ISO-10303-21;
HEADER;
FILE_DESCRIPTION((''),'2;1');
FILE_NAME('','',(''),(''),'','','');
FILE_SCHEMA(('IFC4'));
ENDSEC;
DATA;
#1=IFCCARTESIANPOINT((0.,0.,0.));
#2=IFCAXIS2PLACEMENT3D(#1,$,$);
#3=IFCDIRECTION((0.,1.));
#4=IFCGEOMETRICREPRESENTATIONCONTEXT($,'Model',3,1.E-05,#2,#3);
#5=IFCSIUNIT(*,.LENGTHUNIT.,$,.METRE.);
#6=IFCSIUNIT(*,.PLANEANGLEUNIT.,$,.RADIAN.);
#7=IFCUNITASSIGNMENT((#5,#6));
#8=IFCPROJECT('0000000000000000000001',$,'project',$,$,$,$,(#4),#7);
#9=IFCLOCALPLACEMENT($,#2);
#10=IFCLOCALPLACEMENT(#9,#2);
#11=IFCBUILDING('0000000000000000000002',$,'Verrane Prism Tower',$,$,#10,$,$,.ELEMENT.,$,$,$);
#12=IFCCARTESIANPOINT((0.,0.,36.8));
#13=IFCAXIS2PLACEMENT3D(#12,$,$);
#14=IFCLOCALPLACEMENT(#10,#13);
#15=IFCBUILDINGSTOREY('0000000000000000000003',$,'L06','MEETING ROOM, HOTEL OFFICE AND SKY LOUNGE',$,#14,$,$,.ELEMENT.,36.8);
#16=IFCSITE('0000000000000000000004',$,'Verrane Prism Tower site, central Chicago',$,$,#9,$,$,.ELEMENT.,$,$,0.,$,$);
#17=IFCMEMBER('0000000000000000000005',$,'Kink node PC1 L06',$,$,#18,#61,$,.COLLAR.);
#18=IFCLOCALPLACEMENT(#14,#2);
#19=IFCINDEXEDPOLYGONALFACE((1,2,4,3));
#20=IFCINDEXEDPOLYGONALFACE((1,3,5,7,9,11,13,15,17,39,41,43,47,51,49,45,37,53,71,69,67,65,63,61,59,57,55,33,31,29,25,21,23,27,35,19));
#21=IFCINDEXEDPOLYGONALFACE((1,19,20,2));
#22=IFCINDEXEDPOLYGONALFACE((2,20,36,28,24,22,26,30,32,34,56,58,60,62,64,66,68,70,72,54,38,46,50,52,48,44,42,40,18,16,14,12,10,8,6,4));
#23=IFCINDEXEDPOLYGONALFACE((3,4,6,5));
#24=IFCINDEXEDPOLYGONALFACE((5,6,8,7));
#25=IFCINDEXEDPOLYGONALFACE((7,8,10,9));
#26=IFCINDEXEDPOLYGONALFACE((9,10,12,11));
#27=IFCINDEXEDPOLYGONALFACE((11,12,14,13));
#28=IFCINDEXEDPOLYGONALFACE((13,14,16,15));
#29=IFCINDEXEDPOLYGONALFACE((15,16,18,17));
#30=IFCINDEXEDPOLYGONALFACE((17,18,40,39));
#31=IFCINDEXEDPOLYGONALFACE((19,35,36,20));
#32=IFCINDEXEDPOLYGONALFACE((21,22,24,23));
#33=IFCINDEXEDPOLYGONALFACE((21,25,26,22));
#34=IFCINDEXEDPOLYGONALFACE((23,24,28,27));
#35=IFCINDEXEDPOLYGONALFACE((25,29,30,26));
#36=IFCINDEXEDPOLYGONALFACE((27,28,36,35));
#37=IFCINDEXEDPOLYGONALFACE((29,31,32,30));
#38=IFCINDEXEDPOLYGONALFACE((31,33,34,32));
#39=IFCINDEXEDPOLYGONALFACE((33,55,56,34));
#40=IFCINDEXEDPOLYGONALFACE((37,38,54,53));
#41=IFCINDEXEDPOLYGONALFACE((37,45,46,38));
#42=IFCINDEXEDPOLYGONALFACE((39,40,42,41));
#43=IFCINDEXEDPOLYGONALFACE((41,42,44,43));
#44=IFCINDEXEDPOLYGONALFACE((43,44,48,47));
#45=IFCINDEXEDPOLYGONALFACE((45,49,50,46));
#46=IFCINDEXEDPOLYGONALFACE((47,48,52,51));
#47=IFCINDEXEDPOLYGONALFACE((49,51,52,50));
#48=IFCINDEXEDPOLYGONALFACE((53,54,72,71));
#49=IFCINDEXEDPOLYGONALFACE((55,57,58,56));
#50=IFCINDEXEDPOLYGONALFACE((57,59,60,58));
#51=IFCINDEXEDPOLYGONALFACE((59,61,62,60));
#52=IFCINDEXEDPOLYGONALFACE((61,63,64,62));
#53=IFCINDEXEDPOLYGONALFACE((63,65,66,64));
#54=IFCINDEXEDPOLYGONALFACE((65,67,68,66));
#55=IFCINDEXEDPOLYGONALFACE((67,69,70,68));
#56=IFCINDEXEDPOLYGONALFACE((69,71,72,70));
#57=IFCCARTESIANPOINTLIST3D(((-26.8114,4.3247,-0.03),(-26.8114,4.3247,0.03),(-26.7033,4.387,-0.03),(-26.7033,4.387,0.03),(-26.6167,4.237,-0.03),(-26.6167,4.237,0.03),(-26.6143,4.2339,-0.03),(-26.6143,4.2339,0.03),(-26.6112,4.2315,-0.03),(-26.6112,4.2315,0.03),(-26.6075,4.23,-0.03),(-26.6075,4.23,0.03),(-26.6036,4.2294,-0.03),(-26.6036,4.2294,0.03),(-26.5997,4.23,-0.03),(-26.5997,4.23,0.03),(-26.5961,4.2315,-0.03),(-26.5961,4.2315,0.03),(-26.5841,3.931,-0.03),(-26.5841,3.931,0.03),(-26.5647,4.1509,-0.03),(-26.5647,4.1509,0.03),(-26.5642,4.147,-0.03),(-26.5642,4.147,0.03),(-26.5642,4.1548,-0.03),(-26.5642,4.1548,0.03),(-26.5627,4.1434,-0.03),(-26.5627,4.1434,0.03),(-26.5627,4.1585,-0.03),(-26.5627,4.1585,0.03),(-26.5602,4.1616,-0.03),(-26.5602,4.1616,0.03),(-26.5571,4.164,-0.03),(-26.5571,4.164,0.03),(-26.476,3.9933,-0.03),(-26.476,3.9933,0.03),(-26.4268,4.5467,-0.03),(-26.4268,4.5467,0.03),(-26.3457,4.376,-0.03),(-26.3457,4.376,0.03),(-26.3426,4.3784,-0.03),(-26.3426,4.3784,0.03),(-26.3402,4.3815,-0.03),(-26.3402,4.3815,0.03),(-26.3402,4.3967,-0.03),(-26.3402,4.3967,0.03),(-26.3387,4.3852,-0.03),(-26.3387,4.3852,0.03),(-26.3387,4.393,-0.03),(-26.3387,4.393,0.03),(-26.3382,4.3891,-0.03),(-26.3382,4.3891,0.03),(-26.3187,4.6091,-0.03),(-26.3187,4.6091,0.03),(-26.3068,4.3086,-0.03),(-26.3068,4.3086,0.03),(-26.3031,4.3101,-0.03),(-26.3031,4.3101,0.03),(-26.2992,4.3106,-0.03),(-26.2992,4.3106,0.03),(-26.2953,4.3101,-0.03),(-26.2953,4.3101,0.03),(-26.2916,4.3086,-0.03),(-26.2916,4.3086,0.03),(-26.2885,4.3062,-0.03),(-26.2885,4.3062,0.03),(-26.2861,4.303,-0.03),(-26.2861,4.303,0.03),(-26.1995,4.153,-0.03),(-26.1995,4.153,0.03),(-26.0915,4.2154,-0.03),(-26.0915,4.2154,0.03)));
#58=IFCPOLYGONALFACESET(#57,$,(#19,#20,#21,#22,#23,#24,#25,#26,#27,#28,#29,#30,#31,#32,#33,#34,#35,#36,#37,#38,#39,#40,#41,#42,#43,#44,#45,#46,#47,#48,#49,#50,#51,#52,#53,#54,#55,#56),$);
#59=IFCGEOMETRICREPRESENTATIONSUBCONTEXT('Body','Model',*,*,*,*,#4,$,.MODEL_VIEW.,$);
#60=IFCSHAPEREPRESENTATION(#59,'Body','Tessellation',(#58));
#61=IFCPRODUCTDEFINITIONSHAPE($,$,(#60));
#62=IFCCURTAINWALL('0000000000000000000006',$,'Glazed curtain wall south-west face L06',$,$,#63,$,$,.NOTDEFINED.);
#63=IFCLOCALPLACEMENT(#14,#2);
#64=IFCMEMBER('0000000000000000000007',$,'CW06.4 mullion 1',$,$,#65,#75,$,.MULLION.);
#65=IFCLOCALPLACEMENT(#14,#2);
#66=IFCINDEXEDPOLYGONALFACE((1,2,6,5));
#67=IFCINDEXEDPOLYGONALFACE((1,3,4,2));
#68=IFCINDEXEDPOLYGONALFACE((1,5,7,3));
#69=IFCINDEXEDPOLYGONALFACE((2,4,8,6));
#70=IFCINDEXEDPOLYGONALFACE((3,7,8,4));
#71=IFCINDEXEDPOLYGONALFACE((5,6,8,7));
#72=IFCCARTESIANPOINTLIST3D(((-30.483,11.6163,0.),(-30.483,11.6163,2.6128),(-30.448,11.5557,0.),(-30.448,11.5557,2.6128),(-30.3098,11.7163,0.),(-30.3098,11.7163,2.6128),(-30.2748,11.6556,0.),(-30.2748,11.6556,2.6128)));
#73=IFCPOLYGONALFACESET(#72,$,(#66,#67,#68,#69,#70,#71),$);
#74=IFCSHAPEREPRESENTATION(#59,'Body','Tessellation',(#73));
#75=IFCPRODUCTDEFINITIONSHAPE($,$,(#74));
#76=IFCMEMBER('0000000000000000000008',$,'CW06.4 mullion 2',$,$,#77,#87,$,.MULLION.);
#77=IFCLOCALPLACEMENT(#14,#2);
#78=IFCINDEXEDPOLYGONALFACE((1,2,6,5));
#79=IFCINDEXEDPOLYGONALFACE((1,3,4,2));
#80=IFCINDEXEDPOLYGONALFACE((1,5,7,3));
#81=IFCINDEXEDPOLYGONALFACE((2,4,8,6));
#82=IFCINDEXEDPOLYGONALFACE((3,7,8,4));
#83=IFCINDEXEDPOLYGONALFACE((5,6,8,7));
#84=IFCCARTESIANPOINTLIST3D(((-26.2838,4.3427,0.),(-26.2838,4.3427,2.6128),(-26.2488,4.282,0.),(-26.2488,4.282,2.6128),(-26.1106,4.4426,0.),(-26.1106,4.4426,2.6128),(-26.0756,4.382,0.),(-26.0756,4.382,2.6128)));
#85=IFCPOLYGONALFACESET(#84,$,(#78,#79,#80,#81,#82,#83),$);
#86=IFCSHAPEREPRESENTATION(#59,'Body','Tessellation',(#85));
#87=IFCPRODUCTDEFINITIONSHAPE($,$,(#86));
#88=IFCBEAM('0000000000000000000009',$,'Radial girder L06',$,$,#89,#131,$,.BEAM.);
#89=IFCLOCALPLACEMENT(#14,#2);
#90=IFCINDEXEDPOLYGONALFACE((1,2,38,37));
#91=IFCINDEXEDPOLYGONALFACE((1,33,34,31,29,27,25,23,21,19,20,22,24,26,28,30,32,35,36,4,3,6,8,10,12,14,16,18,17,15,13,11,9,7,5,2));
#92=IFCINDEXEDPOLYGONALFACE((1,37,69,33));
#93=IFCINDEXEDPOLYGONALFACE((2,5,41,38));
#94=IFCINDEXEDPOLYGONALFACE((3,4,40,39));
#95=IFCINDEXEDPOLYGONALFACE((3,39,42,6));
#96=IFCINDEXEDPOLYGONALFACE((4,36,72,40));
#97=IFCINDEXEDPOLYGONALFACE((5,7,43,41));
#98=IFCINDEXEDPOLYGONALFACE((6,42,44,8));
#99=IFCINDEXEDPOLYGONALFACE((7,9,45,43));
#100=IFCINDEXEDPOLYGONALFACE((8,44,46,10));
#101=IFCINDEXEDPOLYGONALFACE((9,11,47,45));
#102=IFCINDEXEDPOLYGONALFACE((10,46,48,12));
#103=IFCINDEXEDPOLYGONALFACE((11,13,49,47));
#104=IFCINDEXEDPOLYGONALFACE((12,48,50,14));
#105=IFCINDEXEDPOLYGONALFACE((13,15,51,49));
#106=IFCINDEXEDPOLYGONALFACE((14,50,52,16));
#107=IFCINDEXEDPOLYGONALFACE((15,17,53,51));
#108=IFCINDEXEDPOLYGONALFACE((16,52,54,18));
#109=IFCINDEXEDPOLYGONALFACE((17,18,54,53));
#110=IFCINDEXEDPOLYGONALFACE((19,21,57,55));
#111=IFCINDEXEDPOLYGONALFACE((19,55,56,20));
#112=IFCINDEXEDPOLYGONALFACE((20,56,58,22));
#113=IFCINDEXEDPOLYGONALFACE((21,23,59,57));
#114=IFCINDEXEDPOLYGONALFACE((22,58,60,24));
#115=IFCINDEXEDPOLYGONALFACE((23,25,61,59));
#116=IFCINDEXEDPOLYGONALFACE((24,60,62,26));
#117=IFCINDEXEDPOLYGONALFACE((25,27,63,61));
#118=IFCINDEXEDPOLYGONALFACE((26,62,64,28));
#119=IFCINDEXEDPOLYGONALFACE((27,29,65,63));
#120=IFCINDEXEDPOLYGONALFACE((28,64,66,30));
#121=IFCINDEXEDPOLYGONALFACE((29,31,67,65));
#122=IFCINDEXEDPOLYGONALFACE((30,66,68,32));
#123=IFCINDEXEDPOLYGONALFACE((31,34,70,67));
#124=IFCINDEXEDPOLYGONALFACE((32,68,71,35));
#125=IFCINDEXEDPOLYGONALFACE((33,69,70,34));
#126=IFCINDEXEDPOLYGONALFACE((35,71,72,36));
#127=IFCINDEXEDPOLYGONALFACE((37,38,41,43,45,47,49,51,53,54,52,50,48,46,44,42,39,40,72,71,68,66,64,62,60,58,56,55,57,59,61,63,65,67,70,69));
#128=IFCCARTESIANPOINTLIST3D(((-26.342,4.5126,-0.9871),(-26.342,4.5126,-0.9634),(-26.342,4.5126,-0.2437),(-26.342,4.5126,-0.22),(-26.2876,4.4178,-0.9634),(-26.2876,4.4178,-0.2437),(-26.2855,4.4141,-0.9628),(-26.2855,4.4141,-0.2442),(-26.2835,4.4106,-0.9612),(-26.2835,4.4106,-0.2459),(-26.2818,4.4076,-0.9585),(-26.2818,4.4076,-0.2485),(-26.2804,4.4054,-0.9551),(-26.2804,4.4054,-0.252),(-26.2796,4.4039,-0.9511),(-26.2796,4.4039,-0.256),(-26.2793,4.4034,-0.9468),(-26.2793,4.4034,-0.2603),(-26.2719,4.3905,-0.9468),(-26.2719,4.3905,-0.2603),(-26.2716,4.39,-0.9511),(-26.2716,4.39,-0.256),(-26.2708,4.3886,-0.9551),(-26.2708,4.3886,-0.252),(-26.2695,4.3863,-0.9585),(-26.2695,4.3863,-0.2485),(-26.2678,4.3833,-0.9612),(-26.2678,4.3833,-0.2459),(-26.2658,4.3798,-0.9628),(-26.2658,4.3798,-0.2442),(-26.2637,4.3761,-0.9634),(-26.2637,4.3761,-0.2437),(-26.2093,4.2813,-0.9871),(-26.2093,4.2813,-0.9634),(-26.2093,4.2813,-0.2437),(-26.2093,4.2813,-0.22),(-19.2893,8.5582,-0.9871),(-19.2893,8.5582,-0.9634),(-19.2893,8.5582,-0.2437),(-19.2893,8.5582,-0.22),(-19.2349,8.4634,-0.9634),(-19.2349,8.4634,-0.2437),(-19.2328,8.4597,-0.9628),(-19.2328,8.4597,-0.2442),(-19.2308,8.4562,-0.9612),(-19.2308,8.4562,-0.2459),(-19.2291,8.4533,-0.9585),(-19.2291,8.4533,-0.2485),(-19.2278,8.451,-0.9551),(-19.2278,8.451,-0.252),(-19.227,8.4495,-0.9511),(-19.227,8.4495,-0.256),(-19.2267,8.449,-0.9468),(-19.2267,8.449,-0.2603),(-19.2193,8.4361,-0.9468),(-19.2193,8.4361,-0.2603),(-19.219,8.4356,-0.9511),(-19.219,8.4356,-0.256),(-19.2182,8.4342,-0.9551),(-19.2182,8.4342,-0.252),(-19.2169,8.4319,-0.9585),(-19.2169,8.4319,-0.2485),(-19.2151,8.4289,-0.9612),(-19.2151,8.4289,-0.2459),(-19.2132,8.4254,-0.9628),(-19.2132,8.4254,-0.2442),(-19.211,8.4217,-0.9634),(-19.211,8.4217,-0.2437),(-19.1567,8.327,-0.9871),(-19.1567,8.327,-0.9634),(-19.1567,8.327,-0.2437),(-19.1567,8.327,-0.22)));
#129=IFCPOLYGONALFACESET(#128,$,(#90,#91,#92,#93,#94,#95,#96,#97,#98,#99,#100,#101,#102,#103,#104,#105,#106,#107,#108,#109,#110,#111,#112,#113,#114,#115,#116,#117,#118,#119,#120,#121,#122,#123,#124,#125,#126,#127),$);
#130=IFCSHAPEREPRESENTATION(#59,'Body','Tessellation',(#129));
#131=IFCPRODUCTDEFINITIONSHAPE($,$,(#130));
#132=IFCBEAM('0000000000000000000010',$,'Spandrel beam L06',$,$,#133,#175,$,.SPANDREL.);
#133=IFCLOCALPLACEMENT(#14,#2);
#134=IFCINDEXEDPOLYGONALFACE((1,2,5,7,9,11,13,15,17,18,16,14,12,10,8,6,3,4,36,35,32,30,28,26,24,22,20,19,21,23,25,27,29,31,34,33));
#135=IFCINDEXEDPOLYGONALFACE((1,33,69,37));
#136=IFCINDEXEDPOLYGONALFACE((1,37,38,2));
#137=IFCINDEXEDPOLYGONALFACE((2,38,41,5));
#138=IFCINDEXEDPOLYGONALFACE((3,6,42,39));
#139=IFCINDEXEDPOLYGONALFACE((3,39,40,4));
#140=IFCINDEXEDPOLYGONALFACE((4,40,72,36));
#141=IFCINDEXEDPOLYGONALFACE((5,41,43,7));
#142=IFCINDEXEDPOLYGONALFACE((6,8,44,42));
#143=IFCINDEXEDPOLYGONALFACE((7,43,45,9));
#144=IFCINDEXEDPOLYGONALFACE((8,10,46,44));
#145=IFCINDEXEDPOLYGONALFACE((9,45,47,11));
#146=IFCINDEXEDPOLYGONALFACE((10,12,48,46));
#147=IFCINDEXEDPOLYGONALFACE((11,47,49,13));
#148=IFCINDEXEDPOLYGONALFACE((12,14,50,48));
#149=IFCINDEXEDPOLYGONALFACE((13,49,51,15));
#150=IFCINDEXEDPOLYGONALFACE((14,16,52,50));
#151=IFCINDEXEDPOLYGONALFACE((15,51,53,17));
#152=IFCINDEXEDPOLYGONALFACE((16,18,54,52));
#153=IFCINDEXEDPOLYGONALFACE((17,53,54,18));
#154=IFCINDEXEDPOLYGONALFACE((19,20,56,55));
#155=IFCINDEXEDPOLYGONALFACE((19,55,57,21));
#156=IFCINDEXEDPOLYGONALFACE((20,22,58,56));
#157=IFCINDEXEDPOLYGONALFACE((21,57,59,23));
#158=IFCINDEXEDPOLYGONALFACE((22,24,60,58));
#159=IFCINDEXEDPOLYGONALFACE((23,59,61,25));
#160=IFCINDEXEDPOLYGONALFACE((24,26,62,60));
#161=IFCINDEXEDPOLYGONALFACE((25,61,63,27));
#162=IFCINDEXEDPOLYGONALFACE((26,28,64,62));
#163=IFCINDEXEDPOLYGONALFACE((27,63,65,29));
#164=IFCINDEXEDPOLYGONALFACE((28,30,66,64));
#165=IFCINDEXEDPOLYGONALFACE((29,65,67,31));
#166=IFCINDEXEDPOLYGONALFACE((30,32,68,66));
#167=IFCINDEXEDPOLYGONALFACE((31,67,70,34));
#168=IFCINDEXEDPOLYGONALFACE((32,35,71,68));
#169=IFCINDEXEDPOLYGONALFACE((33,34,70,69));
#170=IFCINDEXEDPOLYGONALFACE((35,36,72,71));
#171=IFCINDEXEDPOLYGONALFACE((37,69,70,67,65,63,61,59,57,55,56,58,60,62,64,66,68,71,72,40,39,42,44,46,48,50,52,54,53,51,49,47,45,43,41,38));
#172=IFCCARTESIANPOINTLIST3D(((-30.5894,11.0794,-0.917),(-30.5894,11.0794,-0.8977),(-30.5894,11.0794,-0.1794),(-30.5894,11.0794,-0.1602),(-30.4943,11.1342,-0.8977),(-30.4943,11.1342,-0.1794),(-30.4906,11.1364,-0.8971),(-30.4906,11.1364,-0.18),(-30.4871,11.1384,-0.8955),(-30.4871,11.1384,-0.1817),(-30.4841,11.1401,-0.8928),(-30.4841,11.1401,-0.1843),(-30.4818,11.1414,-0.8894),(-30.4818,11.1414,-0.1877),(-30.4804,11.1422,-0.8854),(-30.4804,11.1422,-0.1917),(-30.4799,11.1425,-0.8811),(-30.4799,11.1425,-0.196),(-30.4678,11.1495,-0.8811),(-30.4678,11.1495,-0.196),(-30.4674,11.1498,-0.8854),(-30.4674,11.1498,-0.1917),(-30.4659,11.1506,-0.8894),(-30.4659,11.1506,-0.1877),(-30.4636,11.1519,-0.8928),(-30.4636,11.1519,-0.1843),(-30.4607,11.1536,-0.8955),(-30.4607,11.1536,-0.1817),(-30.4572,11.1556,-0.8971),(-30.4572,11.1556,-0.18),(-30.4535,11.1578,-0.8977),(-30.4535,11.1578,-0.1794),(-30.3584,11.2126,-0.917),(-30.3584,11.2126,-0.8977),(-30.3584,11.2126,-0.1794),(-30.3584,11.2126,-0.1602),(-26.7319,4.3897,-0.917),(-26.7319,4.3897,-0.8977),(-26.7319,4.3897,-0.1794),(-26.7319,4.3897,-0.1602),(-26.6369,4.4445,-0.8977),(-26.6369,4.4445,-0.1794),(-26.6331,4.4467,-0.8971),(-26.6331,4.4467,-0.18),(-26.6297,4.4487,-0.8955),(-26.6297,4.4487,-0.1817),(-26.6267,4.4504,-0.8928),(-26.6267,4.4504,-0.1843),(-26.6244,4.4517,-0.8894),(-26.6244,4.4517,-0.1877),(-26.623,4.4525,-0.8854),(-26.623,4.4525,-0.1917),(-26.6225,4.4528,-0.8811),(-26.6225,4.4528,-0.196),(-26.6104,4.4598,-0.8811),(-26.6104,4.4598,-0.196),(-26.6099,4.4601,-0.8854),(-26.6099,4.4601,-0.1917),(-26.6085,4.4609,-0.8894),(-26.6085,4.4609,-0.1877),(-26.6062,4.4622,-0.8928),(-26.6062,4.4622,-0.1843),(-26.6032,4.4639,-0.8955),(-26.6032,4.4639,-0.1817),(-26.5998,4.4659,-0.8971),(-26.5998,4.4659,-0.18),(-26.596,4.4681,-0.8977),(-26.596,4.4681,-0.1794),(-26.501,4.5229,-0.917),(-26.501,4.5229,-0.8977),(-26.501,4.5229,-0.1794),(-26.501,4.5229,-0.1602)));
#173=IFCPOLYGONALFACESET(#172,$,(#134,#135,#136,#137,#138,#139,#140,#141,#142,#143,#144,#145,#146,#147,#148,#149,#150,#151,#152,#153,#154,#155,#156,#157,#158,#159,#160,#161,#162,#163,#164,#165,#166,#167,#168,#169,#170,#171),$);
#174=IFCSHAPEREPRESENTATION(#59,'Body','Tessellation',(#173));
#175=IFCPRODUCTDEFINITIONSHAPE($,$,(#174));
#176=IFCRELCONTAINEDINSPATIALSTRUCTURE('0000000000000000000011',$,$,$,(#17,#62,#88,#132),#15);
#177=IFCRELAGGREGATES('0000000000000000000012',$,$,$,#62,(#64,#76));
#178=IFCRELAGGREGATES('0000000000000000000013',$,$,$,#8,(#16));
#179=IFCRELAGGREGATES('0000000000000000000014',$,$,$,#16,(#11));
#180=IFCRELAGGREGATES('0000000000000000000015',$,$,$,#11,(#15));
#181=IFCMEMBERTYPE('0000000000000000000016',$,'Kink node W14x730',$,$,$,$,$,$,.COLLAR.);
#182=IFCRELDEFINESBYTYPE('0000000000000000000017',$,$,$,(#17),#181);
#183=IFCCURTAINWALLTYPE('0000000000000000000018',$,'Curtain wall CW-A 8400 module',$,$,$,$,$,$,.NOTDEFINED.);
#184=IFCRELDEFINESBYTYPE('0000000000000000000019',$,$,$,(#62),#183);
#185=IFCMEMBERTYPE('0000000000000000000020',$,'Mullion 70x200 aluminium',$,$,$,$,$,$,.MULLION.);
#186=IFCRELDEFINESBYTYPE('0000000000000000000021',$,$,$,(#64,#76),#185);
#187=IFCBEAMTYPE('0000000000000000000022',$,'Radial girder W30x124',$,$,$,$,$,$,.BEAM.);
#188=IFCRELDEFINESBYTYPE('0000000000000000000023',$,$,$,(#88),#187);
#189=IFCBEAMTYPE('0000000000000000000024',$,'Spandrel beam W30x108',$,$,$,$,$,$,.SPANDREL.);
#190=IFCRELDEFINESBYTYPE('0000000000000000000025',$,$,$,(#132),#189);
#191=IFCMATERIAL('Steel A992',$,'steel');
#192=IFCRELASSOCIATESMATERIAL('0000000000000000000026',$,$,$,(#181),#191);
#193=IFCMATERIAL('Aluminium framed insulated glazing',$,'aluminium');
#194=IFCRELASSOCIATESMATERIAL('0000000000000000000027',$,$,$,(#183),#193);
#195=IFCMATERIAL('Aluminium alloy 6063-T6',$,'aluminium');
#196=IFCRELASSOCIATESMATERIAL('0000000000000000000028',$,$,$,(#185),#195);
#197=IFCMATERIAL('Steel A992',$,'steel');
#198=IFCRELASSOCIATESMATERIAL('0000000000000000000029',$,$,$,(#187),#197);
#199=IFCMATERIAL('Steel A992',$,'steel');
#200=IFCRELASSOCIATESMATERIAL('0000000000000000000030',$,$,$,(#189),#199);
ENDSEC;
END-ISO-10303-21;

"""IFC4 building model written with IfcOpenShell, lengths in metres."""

from ifc_helpers import new_model, si_unit, direction, frame, origin, origin_2d, place, context, subcontext, project, spatial, rectangle, i_section, extrude, material, material_profile, profile_set, type_object, element, aggregate, save


model = new_model("IFC4")

# Units and contexts
model_context = context("Model", 3, precision=1e-05, world=origin(), true_north=direction((0.0, 1.0)))
body_context = subcontext(model_context, "Body", "Model", "MODEL_VIEW")
ifc_project = project(units=[si_unit("LENGTHUNIT", "METRE"), si_unit("PLANEANGLEUNIT", "RADIAN")], contexts=[model_context])

# Site, building, storey
site_placement = place(None, origin())
site = spatial("IfcSite", under=ifc_project, at=site_placement, Name="Verrane Prism Tower site, central Chicago", CompositionType="ELEMENT", RefElevation=0.0)
building_placement = place(site_placement, origin())
building = spatial("IfcBuilding", under=site, at=building_placement, Name="Verrane Prism Tower", CompositionType="ELEMENT")
storey_placement = place(building_placement, frame((0.0, 0.0, 36.8)))
storey = spatial("IfcBuildingStorey", under=building, at=storey_placement, Name="L06", Description="MEETING ROOM, HOTEL OFFICE AND SKY LOUNGE", CompositionType="ELEMENT", Elevation=36.8)

# Member
ifc_material_1 = material(Name="Steel A992", Category="steel")
ifc_material_profile_1 = material_profile(ifc_material_1, i_section(OverallWidth=0.4546, OverallDepth=0.5688, WebThickness=0.0779, FlangeThickness=0.1248, FilletRadius=0.0151, at=origin_2d()), Name="W14x730")
ifc_profile_set_1 = profile_set([ifc_material_profile_1], Name="Steel A992")
member_type_1 = type_object("IfcMemberType", Name="Kink node W14x730", PredefinedType="COLLAR", material=ifc_profile_set_1)
member_1_placement = place(storey_placement, frame((-26.4514, 4.27, -0.03), z_axis=(0.0, 0.0, 1.0), x_axis=(-0.5, 0.866025, 0.0)))
element("IfcMember", 1, at=member_1_placement, inside=storey, type_object=member_type_1, Name="Kink node PC1 L06", PredefinedType="COLLAR", context=body_context, shape_type="SweptSolid", body=[
    extrude(i_section(OverallWidth=0.4546, OverallDepth=0.5688, WebThickness=0.0779, FlangeThickness=0.1248, FilletRadius=0.0151, at=origin_2d()), origin(), (0.0, 0.0, 1.0), 0.0601),
])

# Curtain wall, members
ifc_material_2 = material(Name="Aluminium framed insulated glazing", Category="aluminium")
curtain_wall_type = type_object("IfcCurtainWallType", Name="Curtain wall CW-A 8400 module", PredefinedType="NOTDEFINED", material=ifc_material_2)
curtain_wall_placement = place(storey_placement, origin())
curtain_wall = element("IfcCurtainWall", 2, at=curtain_wall_placement, inside=storey, type_object=curtain_wall_type, Name="Glazed curtain wall south-west face L06", PredefinedType="NOTDEFINED")
ifc_material_3 = material(Name="Aluminium alloy 6063-T6", Category="aluminium")
ifc_material_profile_2 = material_profile(ifc_material_3, rectangle(XDim=0.2, YDim=0.0701, at=origin_2d()), Name="Mullion 70x200 aluminium")
ifc_profile_set_2 = profile_set([ifc_material_profile_2], Name="Aluminium alloy 6063-T6")
member_type_2 = type_object("IfcMemberType", Name="Mullion 70x200 aluminium", PredefinedType="MULLION", material=ifc_profile_set_2)
member_2_placement = place(storey_placement, frame((-30.3789, 11.636, 0.0), z_axis=(0.0, 0.0, 1.0), x_axis=(0.866025, 0.5, 0.0)))
member_2 = element("IfcMember", 3, at=member_2_placement, type_object=member_type_2, Name="CW06.4 mullion 1", PredefinedType="MULLION", context=body_context, shape_type="SweptSolid", body=[
    extrude(rectangle(XDim=0.2, YDim=0.0701, at=origin_2d()), origin(), (0.0, 0.0, 1.0), 2.6128),
])
member_3_placement = place(storey_placement, frame((-26.1797, 4.3623, 0.0), z_axis=(0.0, 0.0, 1.0), x_axis=(0.866025, 0.5, 0.0)))
member_3 = element("IfcMember", 4, at=member_3_placement, type_object=member_type_2, Name="CW06.4 mullion 2", PredefinedType="MULLION", context=body_context, shape_type="SweptSolid", body=[
    extrude(rectangle(XDim=0.2, YDim=0.0701, at=origin_2d()), origin(), (0.0, 0.0, 1.0), 2.6128),
])

# Beams
ifc_material_4 = material(Name="Steel A992", Category="steel")
ifc_material_profile_3 = material_profile(ifc_material_4, i_section(OverallWidth=0.2666, OverallDepth=0.7671, WebThickness=0.0149, FlangeThickness=0.0237, FilletRadius=0.0166, at=origin_2d()), Name="W30x124")
ifc_profile_set_3 = profile_set([ifc_material_profile_3], Name="Steel A992")
beam_type_1 = type_object("IfcBeamType", Name="Radial girder W30x124", PredefinedType="BEAM", material=ifc_profile_set_3)
beam_1_placement = place(storey_placement, frame((-26.2756, 4.397, -0.6035), z_axis=(0.86742, 0.497577, 0.0), x_axis=(-0.497577, 0.86742, 0.0)))
element("IfcBeam", 5, at=beam_1_placement, inside=storey, type_object=beam_type_1, Name="Radial girder L06", PredefinedType="BEAM", context=body_context, shape_type="SweptSolid", body=[
    extrude(i_section(OverallWidth=0.2666, OverallDepth=0.7671, WebThickness=0.0149, FlangeThickness=0.0237, FilletRadius=0.0166, at=origin_2d()), origin(), (0.0, 0.0, 1.0), 8.1306),
])
ifc_material_5 = material(Name="Steel A992", Category="steel")
ifc_material_profile_4 = material_profile(ifc_material_5, i_section(OverallWidth=0.2666, OverallDepth=0.7568, WebThickness=0.0139, FlangeThickness=0.0193, FilletRadius=0.0166, at=origin_2d()), Name="W30x108")
ifc_profile_set_4 = profile_set([ifc_material_profile_4], Name="Steel A992")
beam_type_2 = type_object("IfcBeamType", Name="Spandrel beam W30x108", PredefinedType="SPANDREL", material=ifc_profile_set_4)
beam_2_placement = place(storey_placement, frame((-30.4739, 11.146, -0.5386), z_axis=(0.499526, -0.866299, 0.0), x_axis=(0.866299, 0.499526, 0.0)))
element("IfcBeam", 6, at=beam_2_placement, inside=storey, type_object=beam_type_2, Name="Spandrel beam L06", PredefinedType="SPANDREL", context=body_context, shape_type="SweptSolid", body=[
    extrude(i_section(OverallWidth=0.2666, OverallDepth=0.7568, WebThickness=0.0139, FlangeThickness=0.0193, FilletRadius=0.0166, at=origin_2d()), origin(), (0.0, 0.0, 1.0), 7.7222),
])

aggregate(curtain_wall, [member_2, member_3])

save(model, "model.ifc")
